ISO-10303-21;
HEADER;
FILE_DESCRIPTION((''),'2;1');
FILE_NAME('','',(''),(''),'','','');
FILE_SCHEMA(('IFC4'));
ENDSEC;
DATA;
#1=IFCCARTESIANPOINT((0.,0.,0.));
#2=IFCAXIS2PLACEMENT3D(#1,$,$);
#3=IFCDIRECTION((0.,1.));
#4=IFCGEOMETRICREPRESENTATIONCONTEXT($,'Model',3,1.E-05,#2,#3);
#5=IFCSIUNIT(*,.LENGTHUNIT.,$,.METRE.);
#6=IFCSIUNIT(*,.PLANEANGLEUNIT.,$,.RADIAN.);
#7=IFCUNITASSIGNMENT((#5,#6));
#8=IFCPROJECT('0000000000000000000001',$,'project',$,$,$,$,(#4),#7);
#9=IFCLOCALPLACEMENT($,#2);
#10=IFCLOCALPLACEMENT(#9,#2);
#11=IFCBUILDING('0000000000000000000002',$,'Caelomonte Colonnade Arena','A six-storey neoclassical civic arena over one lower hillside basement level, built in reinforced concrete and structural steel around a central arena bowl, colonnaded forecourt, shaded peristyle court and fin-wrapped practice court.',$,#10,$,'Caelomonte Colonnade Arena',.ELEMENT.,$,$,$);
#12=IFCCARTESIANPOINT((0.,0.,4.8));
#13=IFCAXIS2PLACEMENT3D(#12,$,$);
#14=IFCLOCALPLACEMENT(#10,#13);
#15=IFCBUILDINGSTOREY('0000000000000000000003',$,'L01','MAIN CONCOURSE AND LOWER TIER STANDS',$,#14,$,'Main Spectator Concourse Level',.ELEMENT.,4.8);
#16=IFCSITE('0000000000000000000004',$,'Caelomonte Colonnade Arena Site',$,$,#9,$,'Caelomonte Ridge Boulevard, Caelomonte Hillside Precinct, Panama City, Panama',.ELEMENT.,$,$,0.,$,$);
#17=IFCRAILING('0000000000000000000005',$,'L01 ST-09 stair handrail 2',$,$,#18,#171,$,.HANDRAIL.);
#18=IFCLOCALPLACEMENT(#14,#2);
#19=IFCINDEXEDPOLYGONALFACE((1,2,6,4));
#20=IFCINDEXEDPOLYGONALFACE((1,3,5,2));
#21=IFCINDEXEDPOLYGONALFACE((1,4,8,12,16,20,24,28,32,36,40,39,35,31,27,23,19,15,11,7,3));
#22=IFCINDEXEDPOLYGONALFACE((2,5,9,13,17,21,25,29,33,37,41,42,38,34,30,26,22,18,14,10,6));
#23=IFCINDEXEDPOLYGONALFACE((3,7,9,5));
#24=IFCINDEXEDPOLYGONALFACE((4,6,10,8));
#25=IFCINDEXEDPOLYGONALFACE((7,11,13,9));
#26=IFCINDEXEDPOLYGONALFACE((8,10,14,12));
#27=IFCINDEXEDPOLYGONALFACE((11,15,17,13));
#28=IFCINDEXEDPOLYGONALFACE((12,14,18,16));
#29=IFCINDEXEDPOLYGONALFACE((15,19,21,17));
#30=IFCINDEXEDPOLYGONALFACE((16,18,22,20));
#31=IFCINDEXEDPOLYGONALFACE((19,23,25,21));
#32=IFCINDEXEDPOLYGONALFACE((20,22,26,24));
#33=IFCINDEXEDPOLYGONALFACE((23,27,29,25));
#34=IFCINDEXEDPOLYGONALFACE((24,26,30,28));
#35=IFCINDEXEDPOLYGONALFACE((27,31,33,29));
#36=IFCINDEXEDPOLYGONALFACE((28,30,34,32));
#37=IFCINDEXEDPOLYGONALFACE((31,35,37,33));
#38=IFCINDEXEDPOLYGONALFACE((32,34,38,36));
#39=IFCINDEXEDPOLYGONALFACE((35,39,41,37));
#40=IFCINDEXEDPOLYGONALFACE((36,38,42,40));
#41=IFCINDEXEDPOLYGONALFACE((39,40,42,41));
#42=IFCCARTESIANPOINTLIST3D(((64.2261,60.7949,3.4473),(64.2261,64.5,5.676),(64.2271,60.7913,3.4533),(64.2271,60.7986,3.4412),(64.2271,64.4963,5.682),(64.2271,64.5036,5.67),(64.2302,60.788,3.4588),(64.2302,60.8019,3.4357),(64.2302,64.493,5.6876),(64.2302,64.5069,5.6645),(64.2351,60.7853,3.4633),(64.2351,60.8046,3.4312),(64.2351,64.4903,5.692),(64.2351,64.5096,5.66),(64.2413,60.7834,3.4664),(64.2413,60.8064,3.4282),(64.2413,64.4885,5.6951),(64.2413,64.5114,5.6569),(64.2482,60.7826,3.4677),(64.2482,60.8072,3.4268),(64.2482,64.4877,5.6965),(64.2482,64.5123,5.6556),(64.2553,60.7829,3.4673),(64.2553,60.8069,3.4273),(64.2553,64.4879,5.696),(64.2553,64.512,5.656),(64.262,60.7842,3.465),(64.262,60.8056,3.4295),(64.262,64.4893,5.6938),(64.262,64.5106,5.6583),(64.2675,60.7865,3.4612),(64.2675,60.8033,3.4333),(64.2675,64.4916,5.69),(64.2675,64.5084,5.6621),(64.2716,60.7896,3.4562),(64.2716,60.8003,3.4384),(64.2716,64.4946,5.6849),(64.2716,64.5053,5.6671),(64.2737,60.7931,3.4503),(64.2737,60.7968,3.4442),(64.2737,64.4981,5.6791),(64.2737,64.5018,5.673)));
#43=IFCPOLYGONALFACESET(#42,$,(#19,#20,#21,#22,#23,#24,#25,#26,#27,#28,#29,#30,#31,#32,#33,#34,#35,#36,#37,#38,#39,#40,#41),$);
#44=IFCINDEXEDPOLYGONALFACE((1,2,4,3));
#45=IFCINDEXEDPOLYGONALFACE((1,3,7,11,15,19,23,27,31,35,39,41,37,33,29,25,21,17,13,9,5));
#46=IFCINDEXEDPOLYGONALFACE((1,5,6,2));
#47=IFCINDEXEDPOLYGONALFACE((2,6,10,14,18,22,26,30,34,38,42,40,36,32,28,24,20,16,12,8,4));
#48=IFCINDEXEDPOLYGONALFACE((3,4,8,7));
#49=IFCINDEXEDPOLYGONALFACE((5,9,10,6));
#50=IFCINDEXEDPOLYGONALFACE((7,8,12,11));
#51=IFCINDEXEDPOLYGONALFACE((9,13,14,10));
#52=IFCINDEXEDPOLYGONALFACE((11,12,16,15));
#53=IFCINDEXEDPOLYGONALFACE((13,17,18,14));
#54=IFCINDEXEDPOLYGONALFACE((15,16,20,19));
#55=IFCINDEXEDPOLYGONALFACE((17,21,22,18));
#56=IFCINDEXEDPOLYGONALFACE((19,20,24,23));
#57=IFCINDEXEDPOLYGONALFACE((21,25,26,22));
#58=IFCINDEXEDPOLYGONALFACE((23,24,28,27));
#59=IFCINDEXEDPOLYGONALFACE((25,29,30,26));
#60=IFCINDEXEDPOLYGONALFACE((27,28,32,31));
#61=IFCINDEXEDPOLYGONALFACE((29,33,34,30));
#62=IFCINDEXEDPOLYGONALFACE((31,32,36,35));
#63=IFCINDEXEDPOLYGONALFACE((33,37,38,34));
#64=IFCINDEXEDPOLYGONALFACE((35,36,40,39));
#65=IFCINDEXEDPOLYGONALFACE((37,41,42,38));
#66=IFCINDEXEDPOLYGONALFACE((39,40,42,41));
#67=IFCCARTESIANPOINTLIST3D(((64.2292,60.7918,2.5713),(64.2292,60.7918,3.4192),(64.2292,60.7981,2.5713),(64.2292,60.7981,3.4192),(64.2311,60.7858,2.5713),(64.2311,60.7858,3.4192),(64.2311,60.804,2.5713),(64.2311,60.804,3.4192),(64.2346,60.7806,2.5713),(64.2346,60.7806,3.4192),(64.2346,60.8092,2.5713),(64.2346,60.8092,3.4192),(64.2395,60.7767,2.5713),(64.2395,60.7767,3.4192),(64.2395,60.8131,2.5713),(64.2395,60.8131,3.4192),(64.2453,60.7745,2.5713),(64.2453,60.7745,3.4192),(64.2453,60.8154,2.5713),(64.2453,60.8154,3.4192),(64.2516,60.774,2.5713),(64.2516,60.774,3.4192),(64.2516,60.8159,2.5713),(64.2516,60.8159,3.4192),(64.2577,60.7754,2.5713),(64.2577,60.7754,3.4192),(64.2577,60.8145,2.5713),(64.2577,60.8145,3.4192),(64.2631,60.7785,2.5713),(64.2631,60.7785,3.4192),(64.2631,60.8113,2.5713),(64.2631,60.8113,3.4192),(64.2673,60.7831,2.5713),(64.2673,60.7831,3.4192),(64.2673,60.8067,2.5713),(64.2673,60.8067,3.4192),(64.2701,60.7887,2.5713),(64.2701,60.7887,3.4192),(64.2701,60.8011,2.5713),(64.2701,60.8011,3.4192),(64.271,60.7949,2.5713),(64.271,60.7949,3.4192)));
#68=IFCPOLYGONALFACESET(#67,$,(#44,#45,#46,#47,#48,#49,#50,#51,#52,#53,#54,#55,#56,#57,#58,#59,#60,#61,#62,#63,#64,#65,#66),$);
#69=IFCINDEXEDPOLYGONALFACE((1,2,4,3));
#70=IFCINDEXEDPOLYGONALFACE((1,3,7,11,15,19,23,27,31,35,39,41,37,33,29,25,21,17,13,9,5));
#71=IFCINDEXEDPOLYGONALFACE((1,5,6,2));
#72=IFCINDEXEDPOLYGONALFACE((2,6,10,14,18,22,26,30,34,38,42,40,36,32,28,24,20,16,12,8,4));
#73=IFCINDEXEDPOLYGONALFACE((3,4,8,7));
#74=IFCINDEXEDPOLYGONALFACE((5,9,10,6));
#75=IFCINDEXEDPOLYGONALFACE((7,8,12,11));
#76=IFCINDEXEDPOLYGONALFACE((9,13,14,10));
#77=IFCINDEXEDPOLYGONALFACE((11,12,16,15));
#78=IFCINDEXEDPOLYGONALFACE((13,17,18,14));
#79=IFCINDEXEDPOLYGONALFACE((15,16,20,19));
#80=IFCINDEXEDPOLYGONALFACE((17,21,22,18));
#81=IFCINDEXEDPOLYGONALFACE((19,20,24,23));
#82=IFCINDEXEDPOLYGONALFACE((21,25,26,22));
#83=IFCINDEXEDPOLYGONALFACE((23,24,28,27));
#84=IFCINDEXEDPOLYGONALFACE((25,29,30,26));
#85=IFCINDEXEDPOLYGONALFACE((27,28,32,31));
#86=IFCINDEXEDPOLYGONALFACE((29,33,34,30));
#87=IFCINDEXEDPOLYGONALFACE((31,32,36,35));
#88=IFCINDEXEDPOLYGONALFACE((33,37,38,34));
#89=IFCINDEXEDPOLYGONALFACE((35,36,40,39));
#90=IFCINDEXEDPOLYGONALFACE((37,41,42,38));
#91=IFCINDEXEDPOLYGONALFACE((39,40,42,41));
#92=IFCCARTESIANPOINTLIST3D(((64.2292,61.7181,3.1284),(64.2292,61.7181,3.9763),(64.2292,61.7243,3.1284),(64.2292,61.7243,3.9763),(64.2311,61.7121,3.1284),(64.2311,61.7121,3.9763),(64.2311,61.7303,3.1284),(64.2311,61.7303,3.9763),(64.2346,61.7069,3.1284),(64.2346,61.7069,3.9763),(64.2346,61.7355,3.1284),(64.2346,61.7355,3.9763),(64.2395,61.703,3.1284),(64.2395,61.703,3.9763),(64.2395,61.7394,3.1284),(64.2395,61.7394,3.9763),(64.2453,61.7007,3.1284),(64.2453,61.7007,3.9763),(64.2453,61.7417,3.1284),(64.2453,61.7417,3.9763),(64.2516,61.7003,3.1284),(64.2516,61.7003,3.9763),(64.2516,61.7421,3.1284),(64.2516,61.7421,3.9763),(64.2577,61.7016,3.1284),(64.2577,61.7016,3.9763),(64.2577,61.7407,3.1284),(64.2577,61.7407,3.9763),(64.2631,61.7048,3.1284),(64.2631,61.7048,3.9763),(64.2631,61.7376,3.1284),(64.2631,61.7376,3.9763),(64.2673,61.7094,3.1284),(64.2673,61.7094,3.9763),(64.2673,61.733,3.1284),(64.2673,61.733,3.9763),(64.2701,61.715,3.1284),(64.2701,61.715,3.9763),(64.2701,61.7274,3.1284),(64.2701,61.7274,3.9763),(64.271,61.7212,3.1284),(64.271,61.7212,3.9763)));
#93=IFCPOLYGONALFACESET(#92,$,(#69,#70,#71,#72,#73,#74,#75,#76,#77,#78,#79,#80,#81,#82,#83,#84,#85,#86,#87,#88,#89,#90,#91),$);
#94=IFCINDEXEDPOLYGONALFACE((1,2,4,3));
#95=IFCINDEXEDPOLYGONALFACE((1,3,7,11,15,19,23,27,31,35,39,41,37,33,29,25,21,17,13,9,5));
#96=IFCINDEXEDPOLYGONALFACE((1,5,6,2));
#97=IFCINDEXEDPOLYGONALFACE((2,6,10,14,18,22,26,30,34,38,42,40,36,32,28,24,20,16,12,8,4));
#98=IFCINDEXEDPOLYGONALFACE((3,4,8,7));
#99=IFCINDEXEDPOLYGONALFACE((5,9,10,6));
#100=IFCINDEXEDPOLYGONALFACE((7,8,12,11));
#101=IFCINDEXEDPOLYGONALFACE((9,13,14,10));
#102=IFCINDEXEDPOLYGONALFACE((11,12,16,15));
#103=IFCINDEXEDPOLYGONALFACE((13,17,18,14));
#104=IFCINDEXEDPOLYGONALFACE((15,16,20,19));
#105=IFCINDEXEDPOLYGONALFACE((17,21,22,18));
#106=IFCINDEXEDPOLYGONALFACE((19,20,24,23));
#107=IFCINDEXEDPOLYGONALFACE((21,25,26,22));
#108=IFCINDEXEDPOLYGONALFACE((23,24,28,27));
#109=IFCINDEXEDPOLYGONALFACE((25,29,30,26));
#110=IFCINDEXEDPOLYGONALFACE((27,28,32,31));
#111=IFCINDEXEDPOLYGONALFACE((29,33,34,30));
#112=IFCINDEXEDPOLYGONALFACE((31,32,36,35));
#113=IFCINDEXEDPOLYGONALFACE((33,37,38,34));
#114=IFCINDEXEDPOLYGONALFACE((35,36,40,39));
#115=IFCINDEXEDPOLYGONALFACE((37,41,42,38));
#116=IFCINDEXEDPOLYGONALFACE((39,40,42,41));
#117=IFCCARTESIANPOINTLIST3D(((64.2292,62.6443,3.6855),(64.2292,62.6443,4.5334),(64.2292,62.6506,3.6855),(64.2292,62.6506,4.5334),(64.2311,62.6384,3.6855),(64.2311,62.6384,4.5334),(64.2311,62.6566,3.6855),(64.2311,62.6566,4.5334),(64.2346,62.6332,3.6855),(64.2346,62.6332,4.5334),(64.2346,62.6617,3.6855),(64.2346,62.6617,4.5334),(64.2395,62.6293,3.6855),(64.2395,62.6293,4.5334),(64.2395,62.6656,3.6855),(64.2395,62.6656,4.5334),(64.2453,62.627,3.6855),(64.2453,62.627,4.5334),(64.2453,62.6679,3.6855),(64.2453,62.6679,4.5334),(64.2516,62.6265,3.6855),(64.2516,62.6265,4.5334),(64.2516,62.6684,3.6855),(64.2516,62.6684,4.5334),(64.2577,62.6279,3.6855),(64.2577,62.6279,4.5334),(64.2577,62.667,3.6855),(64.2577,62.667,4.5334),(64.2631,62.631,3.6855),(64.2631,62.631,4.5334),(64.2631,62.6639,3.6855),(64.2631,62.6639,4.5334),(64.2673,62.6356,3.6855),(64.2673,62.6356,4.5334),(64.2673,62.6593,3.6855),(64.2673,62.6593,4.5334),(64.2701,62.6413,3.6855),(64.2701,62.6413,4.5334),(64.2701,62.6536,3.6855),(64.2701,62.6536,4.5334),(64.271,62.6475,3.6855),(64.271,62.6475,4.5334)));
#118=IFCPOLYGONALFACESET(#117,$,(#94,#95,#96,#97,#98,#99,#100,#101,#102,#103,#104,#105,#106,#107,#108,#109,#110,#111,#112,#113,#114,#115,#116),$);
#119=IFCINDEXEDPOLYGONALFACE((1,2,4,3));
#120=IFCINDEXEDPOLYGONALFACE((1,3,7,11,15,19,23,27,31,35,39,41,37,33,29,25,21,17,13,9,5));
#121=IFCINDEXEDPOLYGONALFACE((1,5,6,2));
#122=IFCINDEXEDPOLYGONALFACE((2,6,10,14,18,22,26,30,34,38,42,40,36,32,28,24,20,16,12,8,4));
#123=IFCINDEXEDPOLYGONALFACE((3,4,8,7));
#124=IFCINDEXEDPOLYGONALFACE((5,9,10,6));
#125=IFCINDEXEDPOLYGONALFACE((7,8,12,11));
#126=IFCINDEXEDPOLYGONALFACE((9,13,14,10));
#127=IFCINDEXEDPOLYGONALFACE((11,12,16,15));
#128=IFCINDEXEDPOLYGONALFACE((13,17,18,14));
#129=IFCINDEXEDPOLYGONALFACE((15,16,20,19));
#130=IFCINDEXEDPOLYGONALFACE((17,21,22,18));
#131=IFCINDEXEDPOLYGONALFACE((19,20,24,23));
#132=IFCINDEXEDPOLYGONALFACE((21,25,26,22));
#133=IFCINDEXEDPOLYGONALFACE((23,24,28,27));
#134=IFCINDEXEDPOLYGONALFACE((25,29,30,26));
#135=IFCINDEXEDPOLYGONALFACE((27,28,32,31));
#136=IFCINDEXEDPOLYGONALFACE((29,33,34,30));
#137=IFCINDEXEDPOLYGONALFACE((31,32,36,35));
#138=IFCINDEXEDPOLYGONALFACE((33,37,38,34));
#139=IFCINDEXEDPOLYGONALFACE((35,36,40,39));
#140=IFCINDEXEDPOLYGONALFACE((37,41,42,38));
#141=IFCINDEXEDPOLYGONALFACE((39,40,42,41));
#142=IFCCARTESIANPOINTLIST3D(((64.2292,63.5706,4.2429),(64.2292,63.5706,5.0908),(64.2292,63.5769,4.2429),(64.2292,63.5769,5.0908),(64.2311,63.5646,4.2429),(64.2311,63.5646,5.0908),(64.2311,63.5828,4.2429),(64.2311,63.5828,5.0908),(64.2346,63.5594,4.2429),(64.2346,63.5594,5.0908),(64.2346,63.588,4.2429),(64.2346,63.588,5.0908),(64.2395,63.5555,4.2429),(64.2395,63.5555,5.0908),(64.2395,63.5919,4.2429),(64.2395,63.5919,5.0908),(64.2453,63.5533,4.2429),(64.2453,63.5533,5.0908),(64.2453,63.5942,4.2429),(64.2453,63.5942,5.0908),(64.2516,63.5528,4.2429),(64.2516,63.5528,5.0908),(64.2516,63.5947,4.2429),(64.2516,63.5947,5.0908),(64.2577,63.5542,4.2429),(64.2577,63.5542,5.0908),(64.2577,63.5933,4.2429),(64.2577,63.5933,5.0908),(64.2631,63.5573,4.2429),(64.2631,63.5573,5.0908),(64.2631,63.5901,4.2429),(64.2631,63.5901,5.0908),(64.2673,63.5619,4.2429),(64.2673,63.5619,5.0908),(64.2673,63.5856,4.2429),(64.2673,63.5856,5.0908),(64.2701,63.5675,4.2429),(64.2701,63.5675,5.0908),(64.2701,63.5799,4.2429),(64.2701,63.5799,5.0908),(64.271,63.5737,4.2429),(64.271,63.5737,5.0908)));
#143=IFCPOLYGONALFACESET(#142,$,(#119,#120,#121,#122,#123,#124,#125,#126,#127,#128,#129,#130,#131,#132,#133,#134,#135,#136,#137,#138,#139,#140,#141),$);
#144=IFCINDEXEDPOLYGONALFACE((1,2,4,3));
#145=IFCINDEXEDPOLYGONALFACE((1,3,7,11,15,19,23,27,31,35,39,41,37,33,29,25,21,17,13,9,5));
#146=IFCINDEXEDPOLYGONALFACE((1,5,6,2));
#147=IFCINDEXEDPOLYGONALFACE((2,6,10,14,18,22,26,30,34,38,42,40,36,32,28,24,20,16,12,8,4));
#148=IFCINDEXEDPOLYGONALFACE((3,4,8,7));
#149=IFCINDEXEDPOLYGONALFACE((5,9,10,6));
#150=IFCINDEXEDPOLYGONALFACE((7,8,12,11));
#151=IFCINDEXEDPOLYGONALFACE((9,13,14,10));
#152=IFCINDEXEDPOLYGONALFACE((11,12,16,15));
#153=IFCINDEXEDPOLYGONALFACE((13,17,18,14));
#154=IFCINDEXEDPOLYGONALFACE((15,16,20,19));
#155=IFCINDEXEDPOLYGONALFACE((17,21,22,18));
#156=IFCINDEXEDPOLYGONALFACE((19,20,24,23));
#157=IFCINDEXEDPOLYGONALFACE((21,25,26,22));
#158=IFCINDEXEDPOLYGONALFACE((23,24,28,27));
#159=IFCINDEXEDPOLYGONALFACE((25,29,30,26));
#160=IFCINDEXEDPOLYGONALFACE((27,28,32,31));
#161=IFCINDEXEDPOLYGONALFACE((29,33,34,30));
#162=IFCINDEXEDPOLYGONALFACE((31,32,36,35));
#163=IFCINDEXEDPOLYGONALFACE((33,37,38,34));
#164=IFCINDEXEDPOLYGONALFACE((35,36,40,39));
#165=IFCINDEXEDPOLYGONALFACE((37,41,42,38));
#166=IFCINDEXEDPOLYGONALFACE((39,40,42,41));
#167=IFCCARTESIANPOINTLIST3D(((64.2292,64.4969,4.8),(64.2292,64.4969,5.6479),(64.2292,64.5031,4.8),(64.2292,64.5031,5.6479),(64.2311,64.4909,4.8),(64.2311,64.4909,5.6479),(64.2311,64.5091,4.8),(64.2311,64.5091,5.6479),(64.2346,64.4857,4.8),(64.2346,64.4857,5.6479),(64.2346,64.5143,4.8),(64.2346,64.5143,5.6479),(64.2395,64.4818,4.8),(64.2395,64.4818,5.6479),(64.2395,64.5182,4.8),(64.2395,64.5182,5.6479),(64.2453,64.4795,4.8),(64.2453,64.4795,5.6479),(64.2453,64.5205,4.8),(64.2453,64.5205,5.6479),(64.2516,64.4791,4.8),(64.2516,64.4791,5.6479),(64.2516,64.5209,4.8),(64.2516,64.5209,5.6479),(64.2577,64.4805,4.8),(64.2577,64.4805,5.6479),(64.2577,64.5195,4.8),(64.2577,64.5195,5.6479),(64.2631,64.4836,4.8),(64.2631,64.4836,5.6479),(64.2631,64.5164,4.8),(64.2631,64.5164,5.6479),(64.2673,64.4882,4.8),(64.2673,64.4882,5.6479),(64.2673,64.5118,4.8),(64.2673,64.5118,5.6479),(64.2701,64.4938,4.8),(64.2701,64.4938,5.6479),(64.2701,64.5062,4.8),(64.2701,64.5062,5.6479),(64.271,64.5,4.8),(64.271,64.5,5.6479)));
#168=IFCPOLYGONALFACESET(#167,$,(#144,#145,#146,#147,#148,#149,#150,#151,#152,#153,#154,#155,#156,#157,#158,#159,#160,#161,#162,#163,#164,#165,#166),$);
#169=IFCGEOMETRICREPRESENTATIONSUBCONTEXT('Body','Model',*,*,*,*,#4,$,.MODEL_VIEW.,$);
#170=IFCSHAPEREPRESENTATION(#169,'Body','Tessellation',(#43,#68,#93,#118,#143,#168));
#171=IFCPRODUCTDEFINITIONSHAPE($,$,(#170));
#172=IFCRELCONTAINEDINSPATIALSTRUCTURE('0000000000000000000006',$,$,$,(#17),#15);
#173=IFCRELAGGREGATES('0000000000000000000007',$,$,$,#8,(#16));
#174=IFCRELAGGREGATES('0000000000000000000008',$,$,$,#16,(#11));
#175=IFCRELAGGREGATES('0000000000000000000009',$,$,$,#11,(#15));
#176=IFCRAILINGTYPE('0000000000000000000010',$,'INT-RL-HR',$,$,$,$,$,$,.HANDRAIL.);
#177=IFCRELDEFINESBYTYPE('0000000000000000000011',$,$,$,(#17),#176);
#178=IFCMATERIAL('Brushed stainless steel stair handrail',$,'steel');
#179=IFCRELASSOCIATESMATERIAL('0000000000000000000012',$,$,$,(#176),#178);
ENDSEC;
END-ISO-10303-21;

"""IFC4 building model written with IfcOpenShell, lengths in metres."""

from ifc_helpers import new_model, si_unit, direction, frame, origin, origin_2d, place, context, subcontext, project, spatial, circle, extrude, material, type_object, element, save


model = new_model("IFC4")

# Units and contexts
model_context = context("Model", 3, precision=1e-05, world=origin(), true_north=direction((0.0, 1.0)))
body_context = subcontext(model_context, "Body", "Model", "MODEL_VIEW")
ifc_project = project(units=[si_unit("LENGTHUNIT", "METRE"), si_unit("PLANEANGLEUNIT", "RADIAN")], contexts=[model_context])

# Site, building, storey
site_placement = place(None, origin())
site = spatial("IfcSite", under=ifc_project, at=site_placement, Name="Caelomonte Colonnade Arena Site", LongName="Caelomonte Ridge Boulevard, Caelomonte Hillside Precinct, Panama City, Panama", CompositionType="ELEMENT", RefElevation=0.0)
building_placement = place(site_placement, origin())
building = spatial("IfcBuilding", under=site, at=building_placement, Name="Caelomonte Colonnade Arena", Description="A six-storey neoclassical civic arena over one lower hillside basement level, built in reinforced concrete and structural steel around a central arena bowl, colonnaded forecourt, shaded peristyle court and fin-wrapped practice court.", LongName="Caelomonte Colonnade Arena", CompositionType="ELEMENT")
storey_placement = place(building_placement, frame((0.0, 0.0, 4.8)))
storey = spatial("IfcBuildingStorey", under=building, at=storey_placement, Name="L01", Description="MAIN CONCOURSE AND LOWER TIER STANDS", LongName="Main Spectator Concourse Level", CompositionType="ELEMENT", Elevation=4.8)

# Railing
ifc_material_1 = material(Name="Brushed stainless steel stair handrail", Category="steel")
railing_type_1 = type_object("IfcRailingType", Name="INT-RL-HR", PredefinedType="HANDRAIL", material=ifc_material_1)
railing_1_placement = place(storey_placement, frame((64.25, 60.7949, 2.5713)))
element("IfcRailing", 1, at=railing_1_placement, inside=storey, type_object=railing_type_1, Name="L01 ST-09 stair handrail 2", PredefinedType="HANDRAIL", context=body_context, shape_type="SweptSolid", body=[
    extrude(circle(Radius=0.0239, at=origin_2d()), frame((0.0, 0.0, 0.876), z_axis=(0.0, 0.856909, 0.515467), x_axis=(-1.0, 0.0, 0.0)), (0.0, 0.0, 1.0), 4.3237),
    extrude(circle(Radius=0.021, at=origin_2d()), origin(), (0.0, 0.0, 1.0), 0.8479),
    extrude(circle(Radius=0.021, at=origin_2d()), frame((0.0, 0.9263, 0.5571)), (0.0, 0.0, 1.0), 0.8479),
    extrude(circle(Radius=0.021, at=origin_2d()), frame((0.0, 1.8525, 1.1143)), (0.0, 0.0, 1.0), 0.8479),
    extrude(circle(Radius=0.021, at=origin_2d()), frame((0.0, 2.7788, 1.6716)), (0.0, 0.0, 1.0), 0.8479),
    extrude(circle(Radius=0.021, at=origin_2d()), frame((0.0, 3.7051, 2.2288)), (0.0, 0.0, 1.0), 0.8479),
])

save(model, "model.ifc")
